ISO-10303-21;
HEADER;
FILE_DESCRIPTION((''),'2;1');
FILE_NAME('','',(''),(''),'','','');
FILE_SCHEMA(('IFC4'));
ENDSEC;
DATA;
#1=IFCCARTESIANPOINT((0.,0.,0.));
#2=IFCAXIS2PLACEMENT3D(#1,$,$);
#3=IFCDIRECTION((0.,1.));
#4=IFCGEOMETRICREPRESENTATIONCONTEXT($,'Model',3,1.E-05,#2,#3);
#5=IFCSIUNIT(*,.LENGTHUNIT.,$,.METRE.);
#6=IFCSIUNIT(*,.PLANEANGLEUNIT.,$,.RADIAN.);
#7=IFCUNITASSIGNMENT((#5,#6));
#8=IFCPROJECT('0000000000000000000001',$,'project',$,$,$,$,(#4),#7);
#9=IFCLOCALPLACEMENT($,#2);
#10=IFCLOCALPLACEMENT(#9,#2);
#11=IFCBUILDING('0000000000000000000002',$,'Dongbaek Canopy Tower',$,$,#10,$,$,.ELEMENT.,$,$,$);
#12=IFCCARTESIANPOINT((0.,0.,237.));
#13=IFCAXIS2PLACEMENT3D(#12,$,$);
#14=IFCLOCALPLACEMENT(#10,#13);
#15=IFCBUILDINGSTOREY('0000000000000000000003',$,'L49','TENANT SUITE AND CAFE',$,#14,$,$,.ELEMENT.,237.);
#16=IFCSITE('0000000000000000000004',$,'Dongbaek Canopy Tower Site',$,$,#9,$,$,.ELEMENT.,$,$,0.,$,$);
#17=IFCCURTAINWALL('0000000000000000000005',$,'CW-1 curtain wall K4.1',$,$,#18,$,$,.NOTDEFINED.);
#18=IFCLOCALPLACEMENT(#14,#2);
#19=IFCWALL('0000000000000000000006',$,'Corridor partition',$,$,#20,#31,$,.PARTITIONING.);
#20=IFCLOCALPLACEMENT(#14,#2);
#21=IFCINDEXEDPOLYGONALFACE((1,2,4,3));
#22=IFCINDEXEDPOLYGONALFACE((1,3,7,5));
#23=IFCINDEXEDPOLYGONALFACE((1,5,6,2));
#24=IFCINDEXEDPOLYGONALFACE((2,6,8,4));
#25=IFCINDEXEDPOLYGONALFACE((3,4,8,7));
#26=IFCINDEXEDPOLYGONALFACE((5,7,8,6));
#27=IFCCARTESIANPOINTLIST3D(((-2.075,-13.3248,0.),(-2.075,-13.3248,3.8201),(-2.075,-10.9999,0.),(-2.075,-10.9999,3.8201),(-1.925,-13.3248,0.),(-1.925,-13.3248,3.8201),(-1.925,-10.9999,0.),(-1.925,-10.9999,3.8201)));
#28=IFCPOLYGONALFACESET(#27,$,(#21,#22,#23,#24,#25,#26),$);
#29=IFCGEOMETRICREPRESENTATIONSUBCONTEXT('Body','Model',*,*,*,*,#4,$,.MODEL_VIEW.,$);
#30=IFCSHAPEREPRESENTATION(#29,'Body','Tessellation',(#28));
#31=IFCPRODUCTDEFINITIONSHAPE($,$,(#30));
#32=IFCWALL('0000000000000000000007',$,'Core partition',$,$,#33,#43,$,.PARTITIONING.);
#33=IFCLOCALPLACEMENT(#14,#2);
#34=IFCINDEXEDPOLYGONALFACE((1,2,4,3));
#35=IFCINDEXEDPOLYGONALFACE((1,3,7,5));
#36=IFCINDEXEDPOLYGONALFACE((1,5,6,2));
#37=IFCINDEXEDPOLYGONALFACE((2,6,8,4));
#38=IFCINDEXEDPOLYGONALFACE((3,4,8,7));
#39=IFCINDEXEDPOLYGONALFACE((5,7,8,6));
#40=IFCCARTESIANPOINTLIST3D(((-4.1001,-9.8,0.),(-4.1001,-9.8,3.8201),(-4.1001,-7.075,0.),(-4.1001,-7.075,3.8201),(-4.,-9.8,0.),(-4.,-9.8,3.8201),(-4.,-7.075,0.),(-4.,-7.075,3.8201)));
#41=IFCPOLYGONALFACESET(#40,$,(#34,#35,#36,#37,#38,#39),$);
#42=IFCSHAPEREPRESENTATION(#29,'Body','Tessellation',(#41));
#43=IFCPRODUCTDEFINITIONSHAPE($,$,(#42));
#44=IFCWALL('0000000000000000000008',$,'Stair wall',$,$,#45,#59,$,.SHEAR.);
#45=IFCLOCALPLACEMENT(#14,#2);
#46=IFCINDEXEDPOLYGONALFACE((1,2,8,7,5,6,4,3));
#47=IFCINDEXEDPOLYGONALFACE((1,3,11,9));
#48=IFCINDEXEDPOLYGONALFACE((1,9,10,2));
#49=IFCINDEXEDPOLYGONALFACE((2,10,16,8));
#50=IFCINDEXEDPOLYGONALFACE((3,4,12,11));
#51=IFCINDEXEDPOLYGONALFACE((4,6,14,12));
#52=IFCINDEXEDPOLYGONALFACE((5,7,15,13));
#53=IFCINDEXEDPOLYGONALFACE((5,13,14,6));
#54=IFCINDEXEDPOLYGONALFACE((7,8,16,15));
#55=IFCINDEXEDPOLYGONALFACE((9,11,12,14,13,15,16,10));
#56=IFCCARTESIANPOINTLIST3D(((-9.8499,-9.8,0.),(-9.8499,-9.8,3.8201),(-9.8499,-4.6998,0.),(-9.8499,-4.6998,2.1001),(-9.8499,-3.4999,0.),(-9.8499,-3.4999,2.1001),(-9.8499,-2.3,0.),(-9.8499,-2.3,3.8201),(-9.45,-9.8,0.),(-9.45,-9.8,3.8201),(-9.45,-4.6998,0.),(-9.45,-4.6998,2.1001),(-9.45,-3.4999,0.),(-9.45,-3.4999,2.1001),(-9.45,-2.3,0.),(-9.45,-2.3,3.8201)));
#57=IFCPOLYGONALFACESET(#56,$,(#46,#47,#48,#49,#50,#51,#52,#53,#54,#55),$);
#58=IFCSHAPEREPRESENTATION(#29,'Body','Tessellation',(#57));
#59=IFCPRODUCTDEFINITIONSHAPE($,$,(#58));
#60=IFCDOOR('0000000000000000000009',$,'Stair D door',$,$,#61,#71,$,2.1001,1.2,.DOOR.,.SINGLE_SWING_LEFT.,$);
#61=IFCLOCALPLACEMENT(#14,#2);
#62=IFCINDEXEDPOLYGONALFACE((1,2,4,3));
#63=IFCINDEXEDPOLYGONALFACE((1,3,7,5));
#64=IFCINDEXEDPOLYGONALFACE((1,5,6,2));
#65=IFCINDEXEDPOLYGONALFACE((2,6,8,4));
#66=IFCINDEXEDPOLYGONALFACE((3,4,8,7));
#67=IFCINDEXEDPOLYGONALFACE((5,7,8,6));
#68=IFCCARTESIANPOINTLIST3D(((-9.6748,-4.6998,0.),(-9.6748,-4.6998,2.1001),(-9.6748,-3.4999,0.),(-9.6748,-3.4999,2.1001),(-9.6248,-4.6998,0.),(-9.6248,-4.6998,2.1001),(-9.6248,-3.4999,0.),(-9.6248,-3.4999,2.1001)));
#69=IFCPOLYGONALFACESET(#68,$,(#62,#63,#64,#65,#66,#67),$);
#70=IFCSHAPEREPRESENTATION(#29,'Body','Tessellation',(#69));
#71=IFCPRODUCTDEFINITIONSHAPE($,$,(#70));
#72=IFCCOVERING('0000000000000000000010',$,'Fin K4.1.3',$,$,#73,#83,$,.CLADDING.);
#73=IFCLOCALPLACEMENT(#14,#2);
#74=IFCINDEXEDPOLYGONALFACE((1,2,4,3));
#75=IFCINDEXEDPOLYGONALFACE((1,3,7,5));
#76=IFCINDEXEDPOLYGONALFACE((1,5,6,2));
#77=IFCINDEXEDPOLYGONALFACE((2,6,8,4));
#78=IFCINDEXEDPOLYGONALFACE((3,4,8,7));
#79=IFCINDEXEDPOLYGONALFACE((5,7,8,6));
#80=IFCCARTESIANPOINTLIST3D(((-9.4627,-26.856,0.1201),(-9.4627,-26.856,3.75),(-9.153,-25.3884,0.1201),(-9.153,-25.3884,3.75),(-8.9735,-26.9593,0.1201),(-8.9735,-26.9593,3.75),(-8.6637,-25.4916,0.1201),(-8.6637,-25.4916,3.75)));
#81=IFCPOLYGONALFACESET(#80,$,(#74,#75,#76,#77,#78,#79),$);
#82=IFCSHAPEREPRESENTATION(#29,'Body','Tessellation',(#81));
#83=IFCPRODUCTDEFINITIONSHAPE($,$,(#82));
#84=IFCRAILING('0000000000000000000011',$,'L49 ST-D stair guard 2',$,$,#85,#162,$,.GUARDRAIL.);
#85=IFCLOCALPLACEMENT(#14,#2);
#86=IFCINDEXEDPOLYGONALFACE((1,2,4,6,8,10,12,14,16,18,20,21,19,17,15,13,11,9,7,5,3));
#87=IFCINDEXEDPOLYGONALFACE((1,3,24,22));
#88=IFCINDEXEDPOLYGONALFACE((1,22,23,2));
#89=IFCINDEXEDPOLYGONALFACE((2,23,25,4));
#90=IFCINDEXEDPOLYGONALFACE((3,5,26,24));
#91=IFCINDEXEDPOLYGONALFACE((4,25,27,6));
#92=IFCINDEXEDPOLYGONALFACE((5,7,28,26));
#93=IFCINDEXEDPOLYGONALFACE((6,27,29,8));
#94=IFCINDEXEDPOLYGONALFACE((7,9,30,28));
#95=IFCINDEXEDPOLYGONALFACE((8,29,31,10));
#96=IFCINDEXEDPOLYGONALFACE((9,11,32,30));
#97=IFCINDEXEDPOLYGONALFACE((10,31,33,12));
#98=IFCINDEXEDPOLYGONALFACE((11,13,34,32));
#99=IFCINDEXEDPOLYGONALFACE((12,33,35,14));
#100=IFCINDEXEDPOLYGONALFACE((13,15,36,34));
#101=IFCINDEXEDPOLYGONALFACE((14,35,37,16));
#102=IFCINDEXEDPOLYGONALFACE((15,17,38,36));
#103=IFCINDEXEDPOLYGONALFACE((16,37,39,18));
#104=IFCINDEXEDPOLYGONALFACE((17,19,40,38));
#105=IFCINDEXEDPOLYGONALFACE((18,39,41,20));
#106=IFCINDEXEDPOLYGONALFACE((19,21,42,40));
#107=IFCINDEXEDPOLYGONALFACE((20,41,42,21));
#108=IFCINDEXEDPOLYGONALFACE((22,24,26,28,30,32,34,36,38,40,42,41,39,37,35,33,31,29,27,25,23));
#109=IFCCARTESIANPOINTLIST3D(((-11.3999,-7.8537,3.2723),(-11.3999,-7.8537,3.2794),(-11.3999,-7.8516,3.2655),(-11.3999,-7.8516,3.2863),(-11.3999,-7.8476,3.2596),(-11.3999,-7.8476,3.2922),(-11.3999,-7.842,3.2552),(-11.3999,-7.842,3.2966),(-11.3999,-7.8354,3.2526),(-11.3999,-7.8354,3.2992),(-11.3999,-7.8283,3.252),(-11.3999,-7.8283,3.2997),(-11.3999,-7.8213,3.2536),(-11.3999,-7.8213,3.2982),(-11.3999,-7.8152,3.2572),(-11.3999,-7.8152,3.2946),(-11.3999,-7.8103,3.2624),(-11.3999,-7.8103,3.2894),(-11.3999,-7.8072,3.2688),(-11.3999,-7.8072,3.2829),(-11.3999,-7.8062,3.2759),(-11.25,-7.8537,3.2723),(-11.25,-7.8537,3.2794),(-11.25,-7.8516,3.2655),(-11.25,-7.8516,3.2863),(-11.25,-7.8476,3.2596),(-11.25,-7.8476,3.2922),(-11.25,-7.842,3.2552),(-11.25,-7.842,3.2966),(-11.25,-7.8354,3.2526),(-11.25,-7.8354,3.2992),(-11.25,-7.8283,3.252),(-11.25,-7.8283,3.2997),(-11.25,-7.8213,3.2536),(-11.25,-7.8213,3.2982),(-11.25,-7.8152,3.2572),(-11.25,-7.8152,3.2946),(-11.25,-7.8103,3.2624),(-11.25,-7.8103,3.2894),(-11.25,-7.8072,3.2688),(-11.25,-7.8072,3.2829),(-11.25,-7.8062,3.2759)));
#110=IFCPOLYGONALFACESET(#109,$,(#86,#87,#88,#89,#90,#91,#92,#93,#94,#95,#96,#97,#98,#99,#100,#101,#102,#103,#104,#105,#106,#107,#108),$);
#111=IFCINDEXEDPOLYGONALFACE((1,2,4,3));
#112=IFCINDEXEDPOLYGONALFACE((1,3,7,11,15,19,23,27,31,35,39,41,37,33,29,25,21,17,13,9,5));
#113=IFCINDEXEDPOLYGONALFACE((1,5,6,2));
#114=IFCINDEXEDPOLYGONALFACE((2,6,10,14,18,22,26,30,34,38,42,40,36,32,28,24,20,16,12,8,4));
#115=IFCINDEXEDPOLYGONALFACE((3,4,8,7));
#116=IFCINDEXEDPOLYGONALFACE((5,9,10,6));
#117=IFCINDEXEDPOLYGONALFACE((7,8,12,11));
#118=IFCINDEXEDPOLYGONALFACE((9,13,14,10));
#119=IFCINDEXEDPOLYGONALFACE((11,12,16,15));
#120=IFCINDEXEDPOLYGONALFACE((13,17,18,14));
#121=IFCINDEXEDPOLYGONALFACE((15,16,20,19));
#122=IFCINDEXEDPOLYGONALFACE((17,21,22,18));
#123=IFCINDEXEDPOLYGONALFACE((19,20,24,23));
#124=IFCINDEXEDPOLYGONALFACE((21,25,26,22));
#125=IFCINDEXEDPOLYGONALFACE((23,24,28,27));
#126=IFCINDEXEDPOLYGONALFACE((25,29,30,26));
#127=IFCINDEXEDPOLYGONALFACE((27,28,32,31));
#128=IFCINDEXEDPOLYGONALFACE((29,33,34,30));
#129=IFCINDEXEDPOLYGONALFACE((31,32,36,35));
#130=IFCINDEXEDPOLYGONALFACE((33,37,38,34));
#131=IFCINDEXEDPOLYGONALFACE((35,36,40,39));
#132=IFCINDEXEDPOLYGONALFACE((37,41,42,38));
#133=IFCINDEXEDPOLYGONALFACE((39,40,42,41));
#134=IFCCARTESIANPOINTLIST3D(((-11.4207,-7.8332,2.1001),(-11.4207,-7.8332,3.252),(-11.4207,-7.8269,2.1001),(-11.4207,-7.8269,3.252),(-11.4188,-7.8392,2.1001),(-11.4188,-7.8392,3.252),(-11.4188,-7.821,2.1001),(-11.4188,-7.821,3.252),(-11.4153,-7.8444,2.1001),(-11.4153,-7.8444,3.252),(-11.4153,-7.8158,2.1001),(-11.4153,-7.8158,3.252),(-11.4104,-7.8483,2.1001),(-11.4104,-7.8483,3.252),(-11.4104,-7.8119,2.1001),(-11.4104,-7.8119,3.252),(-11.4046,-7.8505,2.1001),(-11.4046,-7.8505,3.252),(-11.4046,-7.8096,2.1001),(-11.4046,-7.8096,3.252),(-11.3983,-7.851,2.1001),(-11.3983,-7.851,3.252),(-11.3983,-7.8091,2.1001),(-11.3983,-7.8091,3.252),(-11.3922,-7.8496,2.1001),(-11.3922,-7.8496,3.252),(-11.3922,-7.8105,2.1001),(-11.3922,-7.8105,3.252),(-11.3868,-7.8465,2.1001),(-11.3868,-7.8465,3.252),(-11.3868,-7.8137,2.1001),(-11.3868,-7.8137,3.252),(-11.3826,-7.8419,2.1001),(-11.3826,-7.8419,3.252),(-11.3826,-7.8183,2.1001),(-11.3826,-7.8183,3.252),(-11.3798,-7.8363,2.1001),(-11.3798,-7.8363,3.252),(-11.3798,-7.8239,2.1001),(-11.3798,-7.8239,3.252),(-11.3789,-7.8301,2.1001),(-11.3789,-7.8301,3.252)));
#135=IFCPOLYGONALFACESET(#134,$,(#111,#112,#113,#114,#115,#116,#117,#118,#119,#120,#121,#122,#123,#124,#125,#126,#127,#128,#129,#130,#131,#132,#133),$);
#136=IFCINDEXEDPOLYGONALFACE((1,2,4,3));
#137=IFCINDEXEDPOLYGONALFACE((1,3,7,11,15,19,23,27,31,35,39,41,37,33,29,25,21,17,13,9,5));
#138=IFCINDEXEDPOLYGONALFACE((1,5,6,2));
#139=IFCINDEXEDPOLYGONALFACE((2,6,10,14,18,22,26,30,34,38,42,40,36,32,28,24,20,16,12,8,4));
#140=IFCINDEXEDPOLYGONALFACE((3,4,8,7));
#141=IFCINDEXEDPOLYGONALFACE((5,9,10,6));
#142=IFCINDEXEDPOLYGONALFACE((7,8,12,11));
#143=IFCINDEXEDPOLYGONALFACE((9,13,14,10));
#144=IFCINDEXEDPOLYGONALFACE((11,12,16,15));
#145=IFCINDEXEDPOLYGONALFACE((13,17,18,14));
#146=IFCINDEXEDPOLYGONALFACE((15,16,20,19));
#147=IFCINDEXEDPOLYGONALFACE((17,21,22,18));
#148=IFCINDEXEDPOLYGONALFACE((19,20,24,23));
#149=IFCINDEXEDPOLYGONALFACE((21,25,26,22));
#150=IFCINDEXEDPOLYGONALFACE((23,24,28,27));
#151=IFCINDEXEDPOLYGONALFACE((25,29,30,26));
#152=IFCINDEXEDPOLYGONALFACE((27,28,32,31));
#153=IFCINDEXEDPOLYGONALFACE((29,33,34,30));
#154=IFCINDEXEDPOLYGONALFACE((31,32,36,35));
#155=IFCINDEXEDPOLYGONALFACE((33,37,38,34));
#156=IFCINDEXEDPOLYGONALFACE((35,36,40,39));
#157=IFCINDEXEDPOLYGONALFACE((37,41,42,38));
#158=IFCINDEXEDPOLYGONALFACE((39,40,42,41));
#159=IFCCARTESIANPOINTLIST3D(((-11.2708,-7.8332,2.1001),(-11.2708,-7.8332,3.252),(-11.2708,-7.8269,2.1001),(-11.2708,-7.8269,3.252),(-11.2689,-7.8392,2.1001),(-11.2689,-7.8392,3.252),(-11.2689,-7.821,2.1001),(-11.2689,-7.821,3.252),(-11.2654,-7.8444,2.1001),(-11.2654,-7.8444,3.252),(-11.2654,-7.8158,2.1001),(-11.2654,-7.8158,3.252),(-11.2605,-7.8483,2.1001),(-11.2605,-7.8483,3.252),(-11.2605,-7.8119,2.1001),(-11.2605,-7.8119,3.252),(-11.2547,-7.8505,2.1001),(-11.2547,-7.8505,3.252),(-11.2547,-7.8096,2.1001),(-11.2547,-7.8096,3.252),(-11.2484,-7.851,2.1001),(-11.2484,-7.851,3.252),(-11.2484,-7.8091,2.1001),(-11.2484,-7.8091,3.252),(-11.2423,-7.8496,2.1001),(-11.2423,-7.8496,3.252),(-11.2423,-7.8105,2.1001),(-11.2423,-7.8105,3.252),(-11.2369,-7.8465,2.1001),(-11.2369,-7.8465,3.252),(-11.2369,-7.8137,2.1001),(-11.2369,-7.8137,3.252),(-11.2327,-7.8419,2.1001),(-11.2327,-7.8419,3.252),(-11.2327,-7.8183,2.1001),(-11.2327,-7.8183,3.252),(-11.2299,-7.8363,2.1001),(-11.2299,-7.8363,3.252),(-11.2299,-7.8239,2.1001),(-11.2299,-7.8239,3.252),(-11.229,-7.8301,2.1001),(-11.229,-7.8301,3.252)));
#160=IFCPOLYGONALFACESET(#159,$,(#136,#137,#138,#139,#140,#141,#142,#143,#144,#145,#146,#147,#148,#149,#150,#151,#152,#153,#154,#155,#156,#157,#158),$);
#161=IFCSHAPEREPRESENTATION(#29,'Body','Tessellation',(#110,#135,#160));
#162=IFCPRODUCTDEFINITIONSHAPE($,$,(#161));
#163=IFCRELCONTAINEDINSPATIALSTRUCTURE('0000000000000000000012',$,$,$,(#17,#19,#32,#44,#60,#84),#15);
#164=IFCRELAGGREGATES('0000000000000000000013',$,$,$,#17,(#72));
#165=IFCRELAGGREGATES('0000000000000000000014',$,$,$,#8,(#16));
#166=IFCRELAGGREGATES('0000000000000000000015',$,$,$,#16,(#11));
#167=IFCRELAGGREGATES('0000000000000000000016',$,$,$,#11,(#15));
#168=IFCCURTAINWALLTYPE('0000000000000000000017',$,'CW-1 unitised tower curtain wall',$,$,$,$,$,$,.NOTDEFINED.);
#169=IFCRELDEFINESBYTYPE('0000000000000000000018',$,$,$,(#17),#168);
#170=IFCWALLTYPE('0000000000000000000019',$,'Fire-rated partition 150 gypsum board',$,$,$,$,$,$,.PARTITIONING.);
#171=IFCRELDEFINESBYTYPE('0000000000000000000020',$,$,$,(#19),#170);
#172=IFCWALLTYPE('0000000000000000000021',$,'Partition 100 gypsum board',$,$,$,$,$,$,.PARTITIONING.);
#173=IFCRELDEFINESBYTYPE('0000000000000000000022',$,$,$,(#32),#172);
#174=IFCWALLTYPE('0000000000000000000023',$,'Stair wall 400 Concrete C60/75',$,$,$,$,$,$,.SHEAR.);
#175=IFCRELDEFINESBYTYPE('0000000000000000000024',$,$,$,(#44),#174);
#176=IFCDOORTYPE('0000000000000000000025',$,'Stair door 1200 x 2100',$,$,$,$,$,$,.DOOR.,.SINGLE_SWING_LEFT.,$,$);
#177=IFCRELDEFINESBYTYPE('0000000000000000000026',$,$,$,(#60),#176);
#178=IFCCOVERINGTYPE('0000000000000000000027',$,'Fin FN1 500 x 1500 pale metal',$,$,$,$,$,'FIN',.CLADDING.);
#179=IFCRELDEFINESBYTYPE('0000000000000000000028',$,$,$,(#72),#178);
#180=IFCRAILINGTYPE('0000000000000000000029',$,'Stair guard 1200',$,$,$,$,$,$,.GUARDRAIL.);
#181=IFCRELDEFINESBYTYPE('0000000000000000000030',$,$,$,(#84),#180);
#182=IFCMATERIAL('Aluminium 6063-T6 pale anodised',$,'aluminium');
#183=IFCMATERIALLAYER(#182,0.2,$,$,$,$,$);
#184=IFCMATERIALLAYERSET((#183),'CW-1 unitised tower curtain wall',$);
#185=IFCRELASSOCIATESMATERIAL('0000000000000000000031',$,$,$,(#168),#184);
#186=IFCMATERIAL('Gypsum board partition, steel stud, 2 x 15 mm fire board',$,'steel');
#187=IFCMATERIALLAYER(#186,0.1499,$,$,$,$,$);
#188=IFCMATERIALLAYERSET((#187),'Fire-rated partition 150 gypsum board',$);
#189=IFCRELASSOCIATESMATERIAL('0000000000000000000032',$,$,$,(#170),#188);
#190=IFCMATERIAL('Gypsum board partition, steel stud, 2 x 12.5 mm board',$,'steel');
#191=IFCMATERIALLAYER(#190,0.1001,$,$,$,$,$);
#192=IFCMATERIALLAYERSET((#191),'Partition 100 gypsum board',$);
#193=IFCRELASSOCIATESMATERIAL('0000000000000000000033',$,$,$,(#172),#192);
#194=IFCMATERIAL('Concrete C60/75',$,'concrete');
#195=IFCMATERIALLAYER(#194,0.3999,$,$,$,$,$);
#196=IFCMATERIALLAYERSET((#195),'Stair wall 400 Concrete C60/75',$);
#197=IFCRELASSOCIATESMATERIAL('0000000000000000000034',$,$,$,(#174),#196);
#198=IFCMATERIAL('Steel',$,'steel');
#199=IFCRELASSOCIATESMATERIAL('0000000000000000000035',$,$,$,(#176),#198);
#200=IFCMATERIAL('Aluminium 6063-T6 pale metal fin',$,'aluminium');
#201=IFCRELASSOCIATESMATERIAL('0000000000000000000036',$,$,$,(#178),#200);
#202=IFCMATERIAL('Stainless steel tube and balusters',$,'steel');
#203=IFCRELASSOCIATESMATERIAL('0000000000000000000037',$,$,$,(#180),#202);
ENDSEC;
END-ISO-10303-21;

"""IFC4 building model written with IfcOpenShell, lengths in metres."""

from ifc_helpers import new_model, si_unit, direction, frame, frame_2d, origin, origin_2d, place, context, subcontext, project, spatial, rectangle, circle, extrude, material, layer, layer_set, material_profile, profile_set, type_object, element, fill, aggregate, save


model = new_model("IFC4")

# Units and contexts
model_context = context("Model", 3, precision=1e-05, world=origin(), true_north=direction((0.0, 1.0)))
body_context = subcontext(model_context, "Body", "Model", "MODEL_VIEW")
ifc_project = project(units=[si_unit("LENGTHUNIT", "METRE"), si_unit("PLANEANGLEUNIT", "RADIAN")], contexts=[model_context])

# Site, building, storey
site_placement = place(None, origin())
site = spatial("IfcSite", under=ifc_project, at=site_placement, Name="Dongbaek Canopy Tower Site", CompositionType="ELEMENT", RefElevation=0.0)
building_placement = place(site_placement, origin())
building = spatial("IfcBuilding", under=site, at=building_placement, Name="Dongbaek Canopy Tower", CompositionType="ELEMENT")
storey_placement = place(building_placement, frame((0.0, 0.0, 237.0)))
storey = spatial("IfcBuildingStorey", under=building, at=storey_placement, Name="L49", Description="TENANT SUITE AND CAFE", CompositionType="ELEMENT", Elevation=237.0)

# Shared definitions
ifc_material_1 = material(Name="Aluminium 6063-T6 pale anodised", Category="aluminium")
ifc_layer_1 = layer(ifc_material_1, 0.2)
ifc_layer_set_1 = layer_set([ifc_layer_1], Name="CW-1 unitised tower curtain wall")
curtain_wall_type = type_object("IfcCurtainWallType", Name="CW-1 unitised tower curtain wall", PredefinedType="NOTDEFINED", material=ifc_layer_set_1)

# Curtain wall
curtain_wall_1_placement = place(storey_placement, origin())
curtain_wall_1 = element("IfcCurtainWall", 1, at=curtain_wall_1_placement, inside=storey, type_object=curtain_wall_type, Name="CW-1 curtain wall K4.1", PredefinedType="NOTDEFINED")

# Walls
ifc_material_2 = material(Name="Gypsum board partition, steel stud, 2 x 15 mm fire board", Category="steel")
ifc_layer_2 = layer(ifc_material_2, 0.1499)
ifc_layer_set_2 = layer_set([ifc_layer_2], Name="Fire-rated partition 150 gypsum board")
wall_type_1 = type_object("IfcWallType", Name="Fire-rated partition 150 gypsum board", PredefinedType="PARTITIONING", material=ifc_layer_set_2)
wall_1_placement = place(storey_placement, frame((-2.0, -13.325, 0.0), z_axis=(0.0, 0.0, 1.0), x_axis=(0.0, 1.0, 0.0)))
element("IfcWall", 2, at=wall_1_placement, inside=storey, type_object=wall_type_1, Name="Corridor partition", PredefinedType="PARTITIONING", context=body_context, shape_type="SweptSolid", body=[
    extrude(rectangle(XDim=2.325, YDim=0.1499, at=frame_2d((1.1626, 0.0))), origin(), (0.0, 0.0, 1.0), 3.8201),
])
ifc_material_3 = material(Name="Gypsum board partition, steel stud, 2 x 12.5 mm board", Category="steel")
ifc_layer_3 = layer(ifc_material_3, 0.1001)
ifc_layer_set_3 = layer_set([ifc_layer_3], Name="Partition 100 gypsum board")
wall_type_2 = type_object("IfcWallType", Name="Partition 100 gypsum board", PredefinedType="PARTITIONING", material=ifc_layer_set_3)
wall_2_placement = place(storey_placement, frame((-4.05, -9.8, 0.0), z_axis=(0.0, 0.0, 1.0), x_axis=(0.0, 1.0, 0.0)))
element("IfcWall", 3, at=wall_2_placement, inside=storey, type_object=wall_type_2, Name="Core partition", PredefinedType="PARTITIONING", context=body_context, shape_type="SweptSolid", body=[
    extrude(rectangle(XDim=2.7251, YDim=0.1001, at=frame_2d((1.3625, 0.0))), origin(), (0.0, 0.0, 1.0), 3.8201),
])

# Wall, opening, door
ifc_material_4 = material(Name="Concrete C60/75", Category="concrete")
ifc_layer_4 = layer(ifc_material_4, 0.3999)
ifc_layer_set_4 = layer_set([ifc_layer_4], Name="Stair wall 400 Concrete C60/75")
wall_type_3 = type_object("IfcWallType", Name="Stair wall 400 Concrete C60/75", PredefinedType="SHEAR", material=ifc_layer_set_4)
wall_3_placement = place(storey_placement, frame((-9.6499, -9.8, 0.0), z_axis=(0.0, 0.0, 1.0), x_axis=(0.0, 1.0, 0.0)))
wall_3 = element("IfcWall", 4, at=wall_3_placement, inside=storey, type_object=wall_type_3, Name="Stair wall", PredefinedType="SHEAR", context=body_context, shape_type="SweptSolid", body=[
    extrude(rectangle(XDim=7.5, YDim=0.3999, at=frame_2d((3.75, 0.0))), origin(), (0.0, 0.0, 1.0), 3.8201),
])
opening_placement = place(wall_3_placement, frame((5.1001, 0.0, 0.0)))
opening = element("IfcOpeningElement", 5, at=opening_placement, cuts=wall_3, PredefinedType="OPENING", context=body_context, shape_type="SweptSolid", body=[
    extrude(rectangle(XDim=1.2, YDim=2.1001, at=frame_2d((0.6001, 1.05))), frame((0.0, 0.21, 0.0), z_axis=(0.0, -1.0, 0.0), x_axis=(1.0, 0.0, 0.0)), (0.0, 0.0, 1.0), 0.4199),
])
ifc_material_5 = material(Name="Steel", Category="steel")
door_type = type_object("IfcDoorType", Name="Stair door 1200 x 2100", OperationType="SINGLE_SWING_LEFT", PredefinedType="DOOR", material=ifc_material_5)
door_placement = place(opening_placement, origin())
door = element("IfcDoor", 6, at=door_placement, inside=storey, type_object=door_type, Name="Stair D door", OperationType="SINGLE_SWING_LEFT", OverallHeight=2.1001, OverallWidth=1.2, PredefinedType="DOOR", context=body_context, shape_type="SweptSolid", body=[
    extrude(rectangle(XDim=1.2, YDim=2.1001, at=frame_2d((0.6001, 1.05))), frame((0.0, 0.0249, 0.0), z_axis=(0.0, -1.0, 0.0), x_axis=(1.0, 0.0, 0.0)), (0.0, 0.0, 1.0), 0.05),
])
fill(opening, door)

# Covering
ifc_material_6 = material(Name="Aluminium 6063-T6 pale metal fin", Category="aluminium")
ifc_material_profile_1 = material_profile(ifc_material_6, rectangle(XDim=1.5, YDim=0.5, at=origin_2d()), Name="Fin FN1 500 x 1500 pale metal")
ifc_profile_set_1 = profile_set([ifc_material_profile_1], Name="Aluminium 6063-T6 pale metal fin")
covering_type = type_object("IfcCoveringType", Name="Fin FN1 500 x 1500 pale metal", ElementType="FIN", PredefinedType="CLADDING", material=ifc_profile_set_1)
covering_placement = place(storey_placement, frame((-9.0632, -26.1738, 0.1201), z_axis=(0.0, 0.0, 1.0), x_axis=(-0.206516, -0.978443, 0.0)))
covering = element("IfcCovering", 7, at=covering_placement, type_object=covering_type, Name="Fin K4.1.3", PredefinedType="CLADDING", context=body_context, shape_type="SweptSolid", body=[
    extrude(rectangle(XDim=1.5, YDim=0.5, at=origin_2d()), origin(), (0.0, 0.0, 1.0), 3.6299),
])
aggregate(curtain_wall_1, [covering])

# Railing
ifc_material_7 = material(Name="Stainless steel tube and balusters", Category="steel")
railing_type = type_object("IfcRailingType", Name="Stair guard 1200", PredefinedType="GUARDRAIL", material=ifc_material_7)
railing_placement = place(storey_placement, frame((-11.3999, -7.8301, 2.1001)))
element("IfcRailing", 8, at=railing_placement, inside=storey, type_object=railing_type, Name="L49 ST-D stair guard 2", PredefinedType="GUARDRAIL", context=body_context, shape_type="SweptSolid", body=[
    extrude(circle(Radius=0.0239, at=origin_2d()), frame((0.0, 0.0, 1.1758), z_axis=(1.0, 0.0, 0.0), x_axis=(0.0, 1.0, 0.0)), (0.0, 0.0, 1.0), 0.1499),
    extrude(circle(Radius=0.021, at=origin_2d()), origin(), (0.0, 0.0, 1.0), 1.1519),
    extrude(circle(Radius=0.021, at=origin_2d()), frame((0.1499, 0.0, 0.0)), (0.0, 0.0, 1.0), 1.1519),
])

save(model, "model.ifc")
